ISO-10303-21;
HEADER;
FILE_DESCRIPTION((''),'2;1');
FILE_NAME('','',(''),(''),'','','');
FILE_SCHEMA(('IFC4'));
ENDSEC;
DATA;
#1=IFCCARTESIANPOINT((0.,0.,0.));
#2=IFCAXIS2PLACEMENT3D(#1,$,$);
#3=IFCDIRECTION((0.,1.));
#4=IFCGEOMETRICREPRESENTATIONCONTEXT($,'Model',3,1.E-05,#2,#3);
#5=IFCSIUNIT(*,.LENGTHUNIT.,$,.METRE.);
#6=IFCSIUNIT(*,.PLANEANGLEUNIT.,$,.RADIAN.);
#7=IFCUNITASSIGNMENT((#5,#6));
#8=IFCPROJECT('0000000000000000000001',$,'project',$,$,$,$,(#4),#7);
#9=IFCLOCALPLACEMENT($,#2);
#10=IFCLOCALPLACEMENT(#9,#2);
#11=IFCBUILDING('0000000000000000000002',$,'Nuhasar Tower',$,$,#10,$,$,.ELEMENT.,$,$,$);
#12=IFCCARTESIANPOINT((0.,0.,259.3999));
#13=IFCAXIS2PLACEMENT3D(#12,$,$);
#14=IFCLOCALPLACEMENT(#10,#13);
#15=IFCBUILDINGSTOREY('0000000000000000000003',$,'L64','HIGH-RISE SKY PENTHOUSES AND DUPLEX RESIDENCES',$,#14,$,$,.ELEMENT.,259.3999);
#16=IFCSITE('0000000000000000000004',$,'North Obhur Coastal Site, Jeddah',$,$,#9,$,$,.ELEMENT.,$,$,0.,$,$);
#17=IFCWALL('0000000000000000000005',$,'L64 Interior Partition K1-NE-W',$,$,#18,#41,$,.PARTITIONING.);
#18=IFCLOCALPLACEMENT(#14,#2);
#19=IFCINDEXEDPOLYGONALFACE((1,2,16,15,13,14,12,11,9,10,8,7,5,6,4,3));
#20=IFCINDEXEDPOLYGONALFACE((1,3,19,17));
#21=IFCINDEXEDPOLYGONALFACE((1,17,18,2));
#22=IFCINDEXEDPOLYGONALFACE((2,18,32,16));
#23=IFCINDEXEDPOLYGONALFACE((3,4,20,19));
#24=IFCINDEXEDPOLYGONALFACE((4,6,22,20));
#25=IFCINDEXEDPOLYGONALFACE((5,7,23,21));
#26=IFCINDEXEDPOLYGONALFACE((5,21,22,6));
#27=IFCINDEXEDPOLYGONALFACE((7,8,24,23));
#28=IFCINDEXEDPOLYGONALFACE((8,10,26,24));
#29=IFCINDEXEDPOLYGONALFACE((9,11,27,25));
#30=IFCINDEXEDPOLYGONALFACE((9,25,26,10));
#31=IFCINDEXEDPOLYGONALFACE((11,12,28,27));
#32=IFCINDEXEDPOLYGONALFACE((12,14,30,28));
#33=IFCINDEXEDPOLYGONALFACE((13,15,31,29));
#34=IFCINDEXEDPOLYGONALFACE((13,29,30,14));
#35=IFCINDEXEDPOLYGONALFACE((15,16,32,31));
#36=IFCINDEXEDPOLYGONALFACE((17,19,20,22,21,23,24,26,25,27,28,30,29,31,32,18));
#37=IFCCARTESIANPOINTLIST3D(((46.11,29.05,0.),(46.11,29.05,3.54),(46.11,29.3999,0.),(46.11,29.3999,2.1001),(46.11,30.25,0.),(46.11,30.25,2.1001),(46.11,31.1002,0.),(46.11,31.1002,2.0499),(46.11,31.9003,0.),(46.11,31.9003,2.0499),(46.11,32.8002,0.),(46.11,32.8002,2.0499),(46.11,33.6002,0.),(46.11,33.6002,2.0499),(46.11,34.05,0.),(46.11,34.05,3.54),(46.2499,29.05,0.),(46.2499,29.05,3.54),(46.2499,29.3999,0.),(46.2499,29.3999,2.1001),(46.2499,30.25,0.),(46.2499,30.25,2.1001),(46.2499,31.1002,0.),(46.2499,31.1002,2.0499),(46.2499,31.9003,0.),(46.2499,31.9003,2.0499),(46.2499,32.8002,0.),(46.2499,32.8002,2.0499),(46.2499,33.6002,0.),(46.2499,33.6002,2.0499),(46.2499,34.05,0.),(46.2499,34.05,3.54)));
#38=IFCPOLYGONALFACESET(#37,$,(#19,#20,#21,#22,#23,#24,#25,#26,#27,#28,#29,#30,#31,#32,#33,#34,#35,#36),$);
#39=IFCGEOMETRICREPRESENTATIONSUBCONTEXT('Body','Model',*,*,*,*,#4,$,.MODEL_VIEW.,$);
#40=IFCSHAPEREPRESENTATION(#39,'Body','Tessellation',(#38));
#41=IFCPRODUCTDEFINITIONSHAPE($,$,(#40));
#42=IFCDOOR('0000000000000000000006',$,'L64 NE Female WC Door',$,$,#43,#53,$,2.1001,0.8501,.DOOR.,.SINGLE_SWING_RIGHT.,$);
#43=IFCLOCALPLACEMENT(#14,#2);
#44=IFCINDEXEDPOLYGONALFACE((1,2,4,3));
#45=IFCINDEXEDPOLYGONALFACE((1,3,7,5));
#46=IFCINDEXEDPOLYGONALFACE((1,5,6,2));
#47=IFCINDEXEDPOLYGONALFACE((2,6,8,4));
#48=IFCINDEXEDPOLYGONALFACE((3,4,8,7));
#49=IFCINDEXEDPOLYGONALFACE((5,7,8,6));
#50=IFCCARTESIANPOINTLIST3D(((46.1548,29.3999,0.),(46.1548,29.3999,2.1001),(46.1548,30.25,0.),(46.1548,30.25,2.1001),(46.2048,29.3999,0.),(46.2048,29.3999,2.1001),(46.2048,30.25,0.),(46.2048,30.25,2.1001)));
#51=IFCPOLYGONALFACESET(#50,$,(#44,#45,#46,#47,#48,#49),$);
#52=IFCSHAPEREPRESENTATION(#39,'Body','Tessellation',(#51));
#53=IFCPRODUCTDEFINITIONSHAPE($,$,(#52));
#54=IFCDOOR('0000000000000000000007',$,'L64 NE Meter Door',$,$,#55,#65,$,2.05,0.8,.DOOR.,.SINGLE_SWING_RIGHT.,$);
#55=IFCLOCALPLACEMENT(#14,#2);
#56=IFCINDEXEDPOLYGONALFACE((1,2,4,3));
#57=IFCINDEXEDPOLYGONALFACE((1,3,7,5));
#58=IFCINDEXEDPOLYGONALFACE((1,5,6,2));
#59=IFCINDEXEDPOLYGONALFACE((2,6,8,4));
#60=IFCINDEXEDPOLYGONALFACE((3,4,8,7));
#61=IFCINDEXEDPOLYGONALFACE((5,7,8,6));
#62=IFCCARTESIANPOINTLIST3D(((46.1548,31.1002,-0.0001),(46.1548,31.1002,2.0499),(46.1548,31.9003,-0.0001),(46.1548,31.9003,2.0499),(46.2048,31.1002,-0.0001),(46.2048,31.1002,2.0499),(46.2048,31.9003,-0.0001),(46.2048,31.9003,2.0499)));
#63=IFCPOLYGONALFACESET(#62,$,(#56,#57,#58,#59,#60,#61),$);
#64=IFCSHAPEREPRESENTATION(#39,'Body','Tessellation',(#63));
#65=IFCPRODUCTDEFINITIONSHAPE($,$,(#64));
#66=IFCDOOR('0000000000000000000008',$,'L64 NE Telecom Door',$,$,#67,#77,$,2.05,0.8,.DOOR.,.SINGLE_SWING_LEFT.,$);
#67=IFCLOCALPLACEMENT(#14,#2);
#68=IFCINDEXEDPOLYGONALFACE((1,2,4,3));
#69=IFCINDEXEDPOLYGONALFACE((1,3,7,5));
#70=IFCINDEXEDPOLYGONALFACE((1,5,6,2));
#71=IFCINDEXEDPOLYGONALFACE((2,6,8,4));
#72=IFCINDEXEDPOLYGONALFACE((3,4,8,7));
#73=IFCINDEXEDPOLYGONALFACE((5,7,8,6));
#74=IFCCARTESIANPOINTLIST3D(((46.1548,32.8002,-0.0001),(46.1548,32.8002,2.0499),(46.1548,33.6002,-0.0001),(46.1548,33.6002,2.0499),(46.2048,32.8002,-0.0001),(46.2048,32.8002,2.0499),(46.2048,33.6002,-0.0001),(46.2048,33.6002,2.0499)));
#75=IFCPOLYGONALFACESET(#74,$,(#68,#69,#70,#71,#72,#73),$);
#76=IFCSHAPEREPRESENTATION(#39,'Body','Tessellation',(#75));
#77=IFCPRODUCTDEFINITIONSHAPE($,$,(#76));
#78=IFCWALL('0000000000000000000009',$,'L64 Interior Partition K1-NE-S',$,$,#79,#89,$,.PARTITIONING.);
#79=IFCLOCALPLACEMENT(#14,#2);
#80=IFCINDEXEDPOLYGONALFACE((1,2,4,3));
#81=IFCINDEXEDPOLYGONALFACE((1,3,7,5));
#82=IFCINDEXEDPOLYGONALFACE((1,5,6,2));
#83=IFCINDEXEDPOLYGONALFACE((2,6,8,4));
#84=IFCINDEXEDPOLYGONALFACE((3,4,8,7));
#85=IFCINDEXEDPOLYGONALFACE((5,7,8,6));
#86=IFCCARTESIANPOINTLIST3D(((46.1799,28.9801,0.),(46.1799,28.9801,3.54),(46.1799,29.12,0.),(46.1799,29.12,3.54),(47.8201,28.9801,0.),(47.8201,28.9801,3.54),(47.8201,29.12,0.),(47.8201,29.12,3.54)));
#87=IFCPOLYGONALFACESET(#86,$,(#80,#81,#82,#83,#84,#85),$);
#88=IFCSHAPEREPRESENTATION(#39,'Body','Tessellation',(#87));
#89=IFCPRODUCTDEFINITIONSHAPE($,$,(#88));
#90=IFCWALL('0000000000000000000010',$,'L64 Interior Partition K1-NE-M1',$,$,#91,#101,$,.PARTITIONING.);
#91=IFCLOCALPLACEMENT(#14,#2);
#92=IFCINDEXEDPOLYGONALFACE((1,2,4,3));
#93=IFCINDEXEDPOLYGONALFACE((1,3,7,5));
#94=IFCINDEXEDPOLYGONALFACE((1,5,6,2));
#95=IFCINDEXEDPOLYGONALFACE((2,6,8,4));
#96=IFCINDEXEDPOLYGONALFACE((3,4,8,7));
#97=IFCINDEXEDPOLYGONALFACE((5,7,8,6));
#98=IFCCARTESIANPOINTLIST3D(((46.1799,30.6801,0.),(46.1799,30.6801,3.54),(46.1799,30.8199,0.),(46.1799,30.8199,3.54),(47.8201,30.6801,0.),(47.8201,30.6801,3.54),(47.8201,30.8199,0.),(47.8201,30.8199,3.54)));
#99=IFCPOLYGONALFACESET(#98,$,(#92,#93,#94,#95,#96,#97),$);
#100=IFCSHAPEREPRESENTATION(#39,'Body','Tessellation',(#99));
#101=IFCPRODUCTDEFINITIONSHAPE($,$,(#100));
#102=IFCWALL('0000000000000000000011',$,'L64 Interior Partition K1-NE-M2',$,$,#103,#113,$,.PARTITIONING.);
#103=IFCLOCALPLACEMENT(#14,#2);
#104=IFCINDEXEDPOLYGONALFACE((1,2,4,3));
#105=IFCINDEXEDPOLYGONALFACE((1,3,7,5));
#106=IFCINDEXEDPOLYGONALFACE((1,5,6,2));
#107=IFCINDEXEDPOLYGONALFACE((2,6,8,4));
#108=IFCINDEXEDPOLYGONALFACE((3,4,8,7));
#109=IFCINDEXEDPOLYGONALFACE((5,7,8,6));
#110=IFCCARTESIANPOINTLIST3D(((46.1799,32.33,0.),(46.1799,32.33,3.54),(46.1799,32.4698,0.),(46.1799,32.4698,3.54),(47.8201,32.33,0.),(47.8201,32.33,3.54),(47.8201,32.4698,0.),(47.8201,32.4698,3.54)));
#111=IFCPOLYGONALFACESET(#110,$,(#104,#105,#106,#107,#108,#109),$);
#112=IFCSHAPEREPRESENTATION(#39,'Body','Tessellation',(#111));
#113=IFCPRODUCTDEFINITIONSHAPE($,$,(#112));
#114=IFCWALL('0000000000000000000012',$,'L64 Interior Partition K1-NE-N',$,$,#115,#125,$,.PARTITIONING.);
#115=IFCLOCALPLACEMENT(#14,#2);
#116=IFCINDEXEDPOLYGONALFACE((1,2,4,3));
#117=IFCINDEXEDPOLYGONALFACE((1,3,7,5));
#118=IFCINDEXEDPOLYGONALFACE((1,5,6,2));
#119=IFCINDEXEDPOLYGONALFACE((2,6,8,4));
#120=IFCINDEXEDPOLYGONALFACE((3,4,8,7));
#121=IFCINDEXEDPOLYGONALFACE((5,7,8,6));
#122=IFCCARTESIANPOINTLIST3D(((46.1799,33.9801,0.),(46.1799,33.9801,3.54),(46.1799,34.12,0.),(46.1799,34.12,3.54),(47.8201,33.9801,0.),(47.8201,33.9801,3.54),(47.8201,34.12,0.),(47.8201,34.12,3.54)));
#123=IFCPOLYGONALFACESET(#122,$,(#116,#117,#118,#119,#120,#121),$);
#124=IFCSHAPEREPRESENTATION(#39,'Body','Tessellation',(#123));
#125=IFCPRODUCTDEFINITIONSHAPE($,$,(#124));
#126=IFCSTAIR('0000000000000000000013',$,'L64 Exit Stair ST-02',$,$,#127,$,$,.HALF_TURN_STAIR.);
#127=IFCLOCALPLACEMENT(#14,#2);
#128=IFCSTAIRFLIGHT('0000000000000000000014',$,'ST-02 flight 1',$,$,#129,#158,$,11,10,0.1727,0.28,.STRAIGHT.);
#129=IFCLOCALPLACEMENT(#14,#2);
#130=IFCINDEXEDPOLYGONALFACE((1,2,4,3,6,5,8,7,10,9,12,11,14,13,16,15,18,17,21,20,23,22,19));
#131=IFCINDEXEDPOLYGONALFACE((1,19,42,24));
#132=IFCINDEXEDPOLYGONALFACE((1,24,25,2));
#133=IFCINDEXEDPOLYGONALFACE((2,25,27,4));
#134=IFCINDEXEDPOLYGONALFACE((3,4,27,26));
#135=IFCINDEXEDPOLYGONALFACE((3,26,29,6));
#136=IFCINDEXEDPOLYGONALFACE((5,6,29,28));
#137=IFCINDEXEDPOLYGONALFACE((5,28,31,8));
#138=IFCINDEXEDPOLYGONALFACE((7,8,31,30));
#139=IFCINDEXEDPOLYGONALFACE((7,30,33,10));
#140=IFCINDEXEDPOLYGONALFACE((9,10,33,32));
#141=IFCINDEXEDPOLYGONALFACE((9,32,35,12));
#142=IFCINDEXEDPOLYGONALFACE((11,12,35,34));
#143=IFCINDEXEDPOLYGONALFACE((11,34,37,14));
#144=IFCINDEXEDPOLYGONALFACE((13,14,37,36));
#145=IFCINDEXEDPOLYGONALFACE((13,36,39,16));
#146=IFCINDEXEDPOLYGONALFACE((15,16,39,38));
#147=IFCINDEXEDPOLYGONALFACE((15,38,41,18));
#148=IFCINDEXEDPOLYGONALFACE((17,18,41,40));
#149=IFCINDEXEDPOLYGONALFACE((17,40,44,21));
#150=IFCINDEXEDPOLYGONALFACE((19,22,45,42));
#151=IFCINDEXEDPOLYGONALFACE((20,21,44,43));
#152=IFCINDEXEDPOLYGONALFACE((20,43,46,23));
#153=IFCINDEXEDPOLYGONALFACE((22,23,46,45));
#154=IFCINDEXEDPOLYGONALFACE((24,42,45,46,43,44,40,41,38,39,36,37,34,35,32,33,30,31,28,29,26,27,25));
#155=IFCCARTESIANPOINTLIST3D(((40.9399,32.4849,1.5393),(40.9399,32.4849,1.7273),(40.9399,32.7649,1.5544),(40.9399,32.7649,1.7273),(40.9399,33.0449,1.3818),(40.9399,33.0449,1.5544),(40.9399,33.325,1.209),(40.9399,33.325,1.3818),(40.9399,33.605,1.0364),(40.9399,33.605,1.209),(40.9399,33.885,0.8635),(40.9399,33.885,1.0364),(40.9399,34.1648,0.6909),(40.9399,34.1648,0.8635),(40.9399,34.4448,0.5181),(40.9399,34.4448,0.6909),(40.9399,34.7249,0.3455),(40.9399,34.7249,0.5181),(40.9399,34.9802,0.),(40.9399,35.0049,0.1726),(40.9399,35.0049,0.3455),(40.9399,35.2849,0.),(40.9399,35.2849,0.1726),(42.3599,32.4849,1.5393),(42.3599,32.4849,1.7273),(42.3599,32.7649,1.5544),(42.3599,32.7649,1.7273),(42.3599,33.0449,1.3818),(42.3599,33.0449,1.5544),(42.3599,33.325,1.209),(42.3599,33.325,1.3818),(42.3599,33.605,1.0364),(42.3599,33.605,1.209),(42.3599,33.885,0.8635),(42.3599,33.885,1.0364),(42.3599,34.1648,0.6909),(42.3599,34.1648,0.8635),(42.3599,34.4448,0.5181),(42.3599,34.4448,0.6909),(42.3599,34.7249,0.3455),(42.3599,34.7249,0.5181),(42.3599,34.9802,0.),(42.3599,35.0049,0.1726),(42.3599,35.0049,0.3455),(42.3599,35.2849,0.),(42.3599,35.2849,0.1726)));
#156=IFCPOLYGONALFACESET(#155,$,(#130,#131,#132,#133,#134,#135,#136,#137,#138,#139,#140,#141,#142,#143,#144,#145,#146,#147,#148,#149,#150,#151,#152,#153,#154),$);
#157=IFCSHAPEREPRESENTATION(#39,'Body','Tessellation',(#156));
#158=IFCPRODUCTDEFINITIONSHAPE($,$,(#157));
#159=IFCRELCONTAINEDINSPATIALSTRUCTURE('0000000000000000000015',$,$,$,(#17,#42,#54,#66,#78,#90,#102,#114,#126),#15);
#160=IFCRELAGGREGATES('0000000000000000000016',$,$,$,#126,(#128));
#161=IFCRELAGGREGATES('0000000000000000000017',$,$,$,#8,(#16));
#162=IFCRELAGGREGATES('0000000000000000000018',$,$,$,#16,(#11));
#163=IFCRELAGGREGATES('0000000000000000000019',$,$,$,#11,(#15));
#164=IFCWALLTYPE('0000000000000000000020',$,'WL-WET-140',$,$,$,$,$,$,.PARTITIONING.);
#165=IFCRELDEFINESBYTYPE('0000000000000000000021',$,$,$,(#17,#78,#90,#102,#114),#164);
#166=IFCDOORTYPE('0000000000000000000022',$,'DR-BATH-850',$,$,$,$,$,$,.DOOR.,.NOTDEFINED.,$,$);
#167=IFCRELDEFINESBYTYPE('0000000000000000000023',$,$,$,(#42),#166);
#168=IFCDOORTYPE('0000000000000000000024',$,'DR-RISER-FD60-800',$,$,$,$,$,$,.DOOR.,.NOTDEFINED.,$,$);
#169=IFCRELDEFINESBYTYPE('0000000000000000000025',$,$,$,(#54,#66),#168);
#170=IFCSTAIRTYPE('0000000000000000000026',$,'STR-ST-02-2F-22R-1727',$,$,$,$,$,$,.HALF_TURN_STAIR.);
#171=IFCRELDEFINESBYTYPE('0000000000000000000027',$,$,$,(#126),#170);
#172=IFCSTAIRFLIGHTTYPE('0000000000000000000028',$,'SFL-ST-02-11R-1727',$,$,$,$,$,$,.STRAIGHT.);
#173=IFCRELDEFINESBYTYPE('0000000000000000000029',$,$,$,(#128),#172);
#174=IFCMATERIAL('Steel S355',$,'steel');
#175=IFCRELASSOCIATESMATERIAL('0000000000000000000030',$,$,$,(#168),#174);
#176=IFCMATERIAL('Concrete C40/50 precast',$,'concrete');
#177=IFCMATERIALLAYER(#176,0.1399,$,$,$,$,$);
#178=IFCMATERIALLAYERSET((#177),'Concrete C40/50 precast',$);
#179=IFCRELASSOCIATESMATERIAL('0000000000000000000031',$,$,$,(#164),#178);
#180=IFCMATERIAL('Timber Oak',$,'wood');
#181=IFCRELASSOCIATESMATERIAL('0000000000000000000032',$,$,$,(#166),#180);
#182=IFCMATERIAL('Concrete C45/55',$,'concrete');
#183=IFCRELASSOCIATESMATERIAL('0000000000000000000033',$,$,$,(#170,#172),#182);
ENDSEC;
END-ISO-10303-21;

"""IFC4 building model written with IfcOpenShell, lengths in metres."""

from ifc_helpers import new_model, si_unit, direction, frame, frame_2d, origin, place, context, subcontext, project, spatial, polyline, rectangle, outline, extrude, material, layer, layer_set, type_object, element, fill, aggregate, save


model = new_model("IFC4")

# Units and contexts
model_context = context("Model", 3, precision=1e-05, world=origin(), true_north=direction((0.0, 1.0)))
body_context = subcontext(model_context, "Body", "Model", "MODEL_VIEW")
ifc_project = project(units=[si_unit("LENGTHUNIT", "METRE"), si_unit("PLANEANGLEUNIT", "RADIAN")], contexts=[model_context])

# Site, building, storey
site_placement = place(None, origin())
site = spatial("IfcSite", under=ifc_project, at=site_placement, Name="North Obhur Coastal Site, Jeddah", CompositionType="ELEMENT", RefElevation=0.0)
building_placement = place(site_placement, origin())
building = spatial("IfcBuilding", under=site, at=building_placement, Name="Nuhasar Tower", CompositionType="ELEMENT")
storey_placement = place(building_placement, frame((0.0, 0.0, 259.3999)))
storey = spatial("IfcBuildingStorey", under=building, at=storey_placement, Name="L64", Description="HIGH-RISE SKY PENTHOUSES AND DUPLEX RESIDENCES", CompositionType="ELEMENT", Elevation=259.3999)

# Shared definitions
ifc_material_1 = material(Name="Steel S355", Category="steel")

# Shared definitions
ifc_material_2 = material(Name="Concrete C45/55", Category="concrete")

# Shared definitions
door_type_1 = type_object("IfcDoorType", Name="DR-RISER-FD60-800", OperationType="NOTDEFINED", PredefinedType="DOOR", material=ifc_material_1)

# Shared definitions
ifc_material_3 = material(Name="Concrete C40/50 precast", Category="concrete")
ifc_layer_1 = layer(ifc_material_3, 0.1399)
ifc_layer_set_1 = layer_set([ifc_layer_1], Name="Concrete C40/50 precast")
wall_type_1 = type_object("IfcWallType", Name="WL-WET-140", PredefinedType="PARTITIONING", material=ifc_layer_set_1)

# Wall, openings, doors
wall_1_placement = place(storey_placement, frame((46.1799, 34.05, 0.0), z_axis=(0.0, 0.0, 1.0), x_axis=(0.0, -1.0, 0.0)))
wall_1 = element("IfcWall", 1, at=wall_1_placement, inside=storey, type_object=wall_type_1, Name="L64 Interior Partition K1-NE-W", PredefinedType="PARTITIONING", context=body_context, shape_type="SweptSolid", body=[
    extrude(rectangle(XDim=5.0, YDim=0.1399, at=frame_2d((2.5, 0.0))), origin(), (0.0, 0.0, 1.0), 3.54),
])
opening_1_placement = place(wall_1_placement, frame((3.8, 0.0, 0.0)))
opening_1 = element("IfcOpeningElement", 2, at=opening_1_placement, cuts=wall_1, PredefinedType="OPENING", context=body_context, shape_type="SweptSolid", body=[
    extrude(rectangle(XDim=0.8501, YDim=2.1001, at=frame_2d((0.425, 1.05))), frame((0.0, 0.0801, 0.0), z_axis=(0.0, -1.0, 0.0), x_axis=(1.0, 0.0, 0.0)), (0.0, 0.0, 1.0), 0.1599),
])
opening_2_placement = place(wall_1_placement, frame((2.1499, 0.0, 0.0)))
opening_2 = element("IfcOpeningElement", 3, at=opening_2_placement, cuts=wall_1, PredefinedType="OPENING", context=body_context, shape_type="SweptSolid", body=[
    extrude(rectangle(XDim=0.8, YDim=2.05, at=frame_2d((0.3999, 1.0249))), frame((0.0, 0.0801, 0.0), z_axis=(0.0, -1.0, 0.0), x_axis=(1.0, 0.0, 0.0)), (0.0, 0.0, 1.0), 0.1599),
])
opening_3_placement = place(wall_1_placement, frame((0.45, 0.0, 0.0)))
opening_3 = element("IfcOpeningElement", 4, at=opening_3_placement, cuts=wall_1, PredefinedType="OPENING", context=body_context, shape_type="SweptSolid", body=[
    extrude(rectangle(XDim=0.8, YDim=2.05, at=frame_2d((0.3999, 1.0249))), frame((0.0, 0.0801, 0.0), z_axis=(0.0, -1.0, 0.0), x_axis=(1.0, 0.0, 0.0)), (0.0, 0.0, 1.0), 0.1599),
])
ifc_material_4 = material(Name="Timber Oak", Category="wood")
door_type_2 = type_object("IfcDoorType", Name="DR-BATH-850", OperationType="NOTDEFINED", PredefinedType="DOOR", material=ifc_material_4)
door_1_placement = place(opening_1_placement, origin())
door_1 = element("IfcDoor", 5, at=door_1_placement, inside=storey, type_object=door_type_2, Name="L64 NE Female WC Door", OperationType="SINGLE_SWING_RIGHT", OverallHeight=2.1001, OverallWidth=0.8501, PredefinedType="DOOR", context=body_context, shape_type="SweptSolid", body=[
    extrude(rectangle(XDim=0.8501, YDim=2.1001, at=frame_2d((0.425, 1.05))), frame((0.0, 0.0249, 0.0), z_axis=(0.0, -1.0, 0.0), x_axis=(1.0, 0.0, 0.0)), (0.0, 0.0, 1.0), 0.05),
])
fill(opening_1, door_1)
door_2_placement = place(opening_2_placement, origin())
door_2 = element("IfcDoor", 6, at=door_2_placement, inside=storey, type_object=door_type_1, Name="L64 NE Meter Door", OperationType="SINGLE_SWING_RIGHT", OverallHeight=2.05, OverallWidth=0.8, PredefinedType="DOOR", context=body_context, shape_type="SweptSolid", body=[
    extrude(rectangle(XDim=0.8, YDim=2.05, at=frame_2d((0.3999, 1.0249))), frame((0.0, 0.0249, 0.0), z_axis=(0.0, -1.0, 0.0), x_axis=(1.0, 0.0, 0.0)), (0.0, 0.0, 1.0), 0.05),
])
fill(opening_2, door_2)
door_3_placement = place(opening_3_placement, origin())
door_3 = element("IfcDoor", 7, at=door_3_placement, inside=storey, type_object=door_type_1, Name="L64 NE Telecom Door", OperationType="SINGLE_SWING_LEFT", OverallHeight=2.05, OverallWidth=0.8, PredefinedType="DOOR", context=body_context, shape_type="SweptSolid", body=[
    extrude(rectangle(XDim=0.8, YDim=2.05, at=frame_2d((0.3999, 1.0249))), frame((0.0, 0.0249, 0.0), z_axis=(0.0, -1.0, 0.0), x_axis=(1.0, 0.0, 0.0)), (0.0, 0.0, 1.0), 0.05),
])
fill(opening_3, door_3)

# Walls
for number, where, z_axis, x_axis, name in (
    (8, (46.1799, 29.05, 0.0), (0.0, 0.0, 1.0), (1.0, 0.0, 0.0), "L64 Interior Partition K1-NE-S"),
    (9, (46.1799, 30.75, 0.0), (0.0, 0.0, 1.0), (1.0, 0.0, 0.0), "L64 Interior Partition K1-NE-M1"),
    (10, (46.1799, 32.3999, 0.0), (0.0, 0.0, 1.0), (1.0, 0.0, 0.0), "L64 Interior Partition K1-NE-M2"),
    (11, (46.1799, 34.05, 0.0), (0.0, 0.0, 1.0), (1.0, 0.0, 0.0), "L64 Interior Partition K1-NE-N"),
):
    element("IfcWall", number, at=place(storey_placement, frame(where, z_axis=z_axis, x_axis=x_axis)), inside=storey, type_object=wall_type_1, Name=name, PredefinedType="PARTITIONING", context=body_context, shape_type="SweptSolid", body=[
        extrude(rectangle(XDim=1.6401, YDim=0.1399, at=frame_2d((0.8201, 0.0))), origin(), (0.0, 0.0, 1.0), 3.54),
    ])

# Stair, stair flight
stair_type_1 = type_object("IfcStairType", Name="STR-ST-02-2F-22R-1727", PredefinedType="HALF_TURN_STAIR", material=ifc_material_2)
stair_1_placement = place(storey_placement, origin())
stair_1 = element("IfcStair", 12, at=stair_1_placement, inside=storey, type_object=stair_type_1, Name="L64 Exit Stair ST-02", PredefinedType="HALF_TURN_STAIR")
stair_flight_type_1 = type_object("IfcStairFlightType", Name="SFL-ST-02-11R-1727", PredefinedType="STRAIGHT", material=ifc_material_2)
stair_flight_1_placement = place(storey_placement, frame((41.6499, 35.2849, 0.0), z_axis=(0.0, 0.0, 1.0), x_axis=(0.0, -1.0, 0.0)))
stair_flight_1 = element("IfcStairFlight", 13, at=stair_flight_1_placement, type_object=stair_flight_type_1, Name="ST-02 flight 1", NumberOfRisers=11, NumberOfTreads=10, PredefinedType="STRAIGHT", RiserHeight=0.1727, TreadLength=0.28, context=body_context, shape_type="SweptSolid", body=[
    extrude(outline(polyline([(0.0, 0.0), (0.0, 0.1726), (0.28, 0.1726), (0.28, 0.3455), (0.5601, 0.3455), (0.5601, 0.5181), (0.8401, 0.5181), (0.8401, 0.6909), (1.1201, 0.6909), (1.1201, 0.8635), (1.3999, 0.8635), (1.3999, 1.0364), (1.6799, 1.0364), (1.6799, 1.209), (1.96, 1.209), (1.96, 1.3818), (2.24, 1.3818), (2.24, 1.5544), (2.52, 1.5544), (2.52, 1.7273), (2.8, 1.7273), (2.8, 1.8999), (2.8, 1.5393), (0.3047, 0.0), (0.0, 0.0)])), frame((0.0, 0.71, 0.0), z_axis=(0.0, -1.0, 0.0), x_axis=(1.0, 0.0, 0.0)), (0.0, 0.0, 1.0), 1.4199),
])
aggregate(stair_1, [stair_flight_1])

save(model, "model.ifc")
